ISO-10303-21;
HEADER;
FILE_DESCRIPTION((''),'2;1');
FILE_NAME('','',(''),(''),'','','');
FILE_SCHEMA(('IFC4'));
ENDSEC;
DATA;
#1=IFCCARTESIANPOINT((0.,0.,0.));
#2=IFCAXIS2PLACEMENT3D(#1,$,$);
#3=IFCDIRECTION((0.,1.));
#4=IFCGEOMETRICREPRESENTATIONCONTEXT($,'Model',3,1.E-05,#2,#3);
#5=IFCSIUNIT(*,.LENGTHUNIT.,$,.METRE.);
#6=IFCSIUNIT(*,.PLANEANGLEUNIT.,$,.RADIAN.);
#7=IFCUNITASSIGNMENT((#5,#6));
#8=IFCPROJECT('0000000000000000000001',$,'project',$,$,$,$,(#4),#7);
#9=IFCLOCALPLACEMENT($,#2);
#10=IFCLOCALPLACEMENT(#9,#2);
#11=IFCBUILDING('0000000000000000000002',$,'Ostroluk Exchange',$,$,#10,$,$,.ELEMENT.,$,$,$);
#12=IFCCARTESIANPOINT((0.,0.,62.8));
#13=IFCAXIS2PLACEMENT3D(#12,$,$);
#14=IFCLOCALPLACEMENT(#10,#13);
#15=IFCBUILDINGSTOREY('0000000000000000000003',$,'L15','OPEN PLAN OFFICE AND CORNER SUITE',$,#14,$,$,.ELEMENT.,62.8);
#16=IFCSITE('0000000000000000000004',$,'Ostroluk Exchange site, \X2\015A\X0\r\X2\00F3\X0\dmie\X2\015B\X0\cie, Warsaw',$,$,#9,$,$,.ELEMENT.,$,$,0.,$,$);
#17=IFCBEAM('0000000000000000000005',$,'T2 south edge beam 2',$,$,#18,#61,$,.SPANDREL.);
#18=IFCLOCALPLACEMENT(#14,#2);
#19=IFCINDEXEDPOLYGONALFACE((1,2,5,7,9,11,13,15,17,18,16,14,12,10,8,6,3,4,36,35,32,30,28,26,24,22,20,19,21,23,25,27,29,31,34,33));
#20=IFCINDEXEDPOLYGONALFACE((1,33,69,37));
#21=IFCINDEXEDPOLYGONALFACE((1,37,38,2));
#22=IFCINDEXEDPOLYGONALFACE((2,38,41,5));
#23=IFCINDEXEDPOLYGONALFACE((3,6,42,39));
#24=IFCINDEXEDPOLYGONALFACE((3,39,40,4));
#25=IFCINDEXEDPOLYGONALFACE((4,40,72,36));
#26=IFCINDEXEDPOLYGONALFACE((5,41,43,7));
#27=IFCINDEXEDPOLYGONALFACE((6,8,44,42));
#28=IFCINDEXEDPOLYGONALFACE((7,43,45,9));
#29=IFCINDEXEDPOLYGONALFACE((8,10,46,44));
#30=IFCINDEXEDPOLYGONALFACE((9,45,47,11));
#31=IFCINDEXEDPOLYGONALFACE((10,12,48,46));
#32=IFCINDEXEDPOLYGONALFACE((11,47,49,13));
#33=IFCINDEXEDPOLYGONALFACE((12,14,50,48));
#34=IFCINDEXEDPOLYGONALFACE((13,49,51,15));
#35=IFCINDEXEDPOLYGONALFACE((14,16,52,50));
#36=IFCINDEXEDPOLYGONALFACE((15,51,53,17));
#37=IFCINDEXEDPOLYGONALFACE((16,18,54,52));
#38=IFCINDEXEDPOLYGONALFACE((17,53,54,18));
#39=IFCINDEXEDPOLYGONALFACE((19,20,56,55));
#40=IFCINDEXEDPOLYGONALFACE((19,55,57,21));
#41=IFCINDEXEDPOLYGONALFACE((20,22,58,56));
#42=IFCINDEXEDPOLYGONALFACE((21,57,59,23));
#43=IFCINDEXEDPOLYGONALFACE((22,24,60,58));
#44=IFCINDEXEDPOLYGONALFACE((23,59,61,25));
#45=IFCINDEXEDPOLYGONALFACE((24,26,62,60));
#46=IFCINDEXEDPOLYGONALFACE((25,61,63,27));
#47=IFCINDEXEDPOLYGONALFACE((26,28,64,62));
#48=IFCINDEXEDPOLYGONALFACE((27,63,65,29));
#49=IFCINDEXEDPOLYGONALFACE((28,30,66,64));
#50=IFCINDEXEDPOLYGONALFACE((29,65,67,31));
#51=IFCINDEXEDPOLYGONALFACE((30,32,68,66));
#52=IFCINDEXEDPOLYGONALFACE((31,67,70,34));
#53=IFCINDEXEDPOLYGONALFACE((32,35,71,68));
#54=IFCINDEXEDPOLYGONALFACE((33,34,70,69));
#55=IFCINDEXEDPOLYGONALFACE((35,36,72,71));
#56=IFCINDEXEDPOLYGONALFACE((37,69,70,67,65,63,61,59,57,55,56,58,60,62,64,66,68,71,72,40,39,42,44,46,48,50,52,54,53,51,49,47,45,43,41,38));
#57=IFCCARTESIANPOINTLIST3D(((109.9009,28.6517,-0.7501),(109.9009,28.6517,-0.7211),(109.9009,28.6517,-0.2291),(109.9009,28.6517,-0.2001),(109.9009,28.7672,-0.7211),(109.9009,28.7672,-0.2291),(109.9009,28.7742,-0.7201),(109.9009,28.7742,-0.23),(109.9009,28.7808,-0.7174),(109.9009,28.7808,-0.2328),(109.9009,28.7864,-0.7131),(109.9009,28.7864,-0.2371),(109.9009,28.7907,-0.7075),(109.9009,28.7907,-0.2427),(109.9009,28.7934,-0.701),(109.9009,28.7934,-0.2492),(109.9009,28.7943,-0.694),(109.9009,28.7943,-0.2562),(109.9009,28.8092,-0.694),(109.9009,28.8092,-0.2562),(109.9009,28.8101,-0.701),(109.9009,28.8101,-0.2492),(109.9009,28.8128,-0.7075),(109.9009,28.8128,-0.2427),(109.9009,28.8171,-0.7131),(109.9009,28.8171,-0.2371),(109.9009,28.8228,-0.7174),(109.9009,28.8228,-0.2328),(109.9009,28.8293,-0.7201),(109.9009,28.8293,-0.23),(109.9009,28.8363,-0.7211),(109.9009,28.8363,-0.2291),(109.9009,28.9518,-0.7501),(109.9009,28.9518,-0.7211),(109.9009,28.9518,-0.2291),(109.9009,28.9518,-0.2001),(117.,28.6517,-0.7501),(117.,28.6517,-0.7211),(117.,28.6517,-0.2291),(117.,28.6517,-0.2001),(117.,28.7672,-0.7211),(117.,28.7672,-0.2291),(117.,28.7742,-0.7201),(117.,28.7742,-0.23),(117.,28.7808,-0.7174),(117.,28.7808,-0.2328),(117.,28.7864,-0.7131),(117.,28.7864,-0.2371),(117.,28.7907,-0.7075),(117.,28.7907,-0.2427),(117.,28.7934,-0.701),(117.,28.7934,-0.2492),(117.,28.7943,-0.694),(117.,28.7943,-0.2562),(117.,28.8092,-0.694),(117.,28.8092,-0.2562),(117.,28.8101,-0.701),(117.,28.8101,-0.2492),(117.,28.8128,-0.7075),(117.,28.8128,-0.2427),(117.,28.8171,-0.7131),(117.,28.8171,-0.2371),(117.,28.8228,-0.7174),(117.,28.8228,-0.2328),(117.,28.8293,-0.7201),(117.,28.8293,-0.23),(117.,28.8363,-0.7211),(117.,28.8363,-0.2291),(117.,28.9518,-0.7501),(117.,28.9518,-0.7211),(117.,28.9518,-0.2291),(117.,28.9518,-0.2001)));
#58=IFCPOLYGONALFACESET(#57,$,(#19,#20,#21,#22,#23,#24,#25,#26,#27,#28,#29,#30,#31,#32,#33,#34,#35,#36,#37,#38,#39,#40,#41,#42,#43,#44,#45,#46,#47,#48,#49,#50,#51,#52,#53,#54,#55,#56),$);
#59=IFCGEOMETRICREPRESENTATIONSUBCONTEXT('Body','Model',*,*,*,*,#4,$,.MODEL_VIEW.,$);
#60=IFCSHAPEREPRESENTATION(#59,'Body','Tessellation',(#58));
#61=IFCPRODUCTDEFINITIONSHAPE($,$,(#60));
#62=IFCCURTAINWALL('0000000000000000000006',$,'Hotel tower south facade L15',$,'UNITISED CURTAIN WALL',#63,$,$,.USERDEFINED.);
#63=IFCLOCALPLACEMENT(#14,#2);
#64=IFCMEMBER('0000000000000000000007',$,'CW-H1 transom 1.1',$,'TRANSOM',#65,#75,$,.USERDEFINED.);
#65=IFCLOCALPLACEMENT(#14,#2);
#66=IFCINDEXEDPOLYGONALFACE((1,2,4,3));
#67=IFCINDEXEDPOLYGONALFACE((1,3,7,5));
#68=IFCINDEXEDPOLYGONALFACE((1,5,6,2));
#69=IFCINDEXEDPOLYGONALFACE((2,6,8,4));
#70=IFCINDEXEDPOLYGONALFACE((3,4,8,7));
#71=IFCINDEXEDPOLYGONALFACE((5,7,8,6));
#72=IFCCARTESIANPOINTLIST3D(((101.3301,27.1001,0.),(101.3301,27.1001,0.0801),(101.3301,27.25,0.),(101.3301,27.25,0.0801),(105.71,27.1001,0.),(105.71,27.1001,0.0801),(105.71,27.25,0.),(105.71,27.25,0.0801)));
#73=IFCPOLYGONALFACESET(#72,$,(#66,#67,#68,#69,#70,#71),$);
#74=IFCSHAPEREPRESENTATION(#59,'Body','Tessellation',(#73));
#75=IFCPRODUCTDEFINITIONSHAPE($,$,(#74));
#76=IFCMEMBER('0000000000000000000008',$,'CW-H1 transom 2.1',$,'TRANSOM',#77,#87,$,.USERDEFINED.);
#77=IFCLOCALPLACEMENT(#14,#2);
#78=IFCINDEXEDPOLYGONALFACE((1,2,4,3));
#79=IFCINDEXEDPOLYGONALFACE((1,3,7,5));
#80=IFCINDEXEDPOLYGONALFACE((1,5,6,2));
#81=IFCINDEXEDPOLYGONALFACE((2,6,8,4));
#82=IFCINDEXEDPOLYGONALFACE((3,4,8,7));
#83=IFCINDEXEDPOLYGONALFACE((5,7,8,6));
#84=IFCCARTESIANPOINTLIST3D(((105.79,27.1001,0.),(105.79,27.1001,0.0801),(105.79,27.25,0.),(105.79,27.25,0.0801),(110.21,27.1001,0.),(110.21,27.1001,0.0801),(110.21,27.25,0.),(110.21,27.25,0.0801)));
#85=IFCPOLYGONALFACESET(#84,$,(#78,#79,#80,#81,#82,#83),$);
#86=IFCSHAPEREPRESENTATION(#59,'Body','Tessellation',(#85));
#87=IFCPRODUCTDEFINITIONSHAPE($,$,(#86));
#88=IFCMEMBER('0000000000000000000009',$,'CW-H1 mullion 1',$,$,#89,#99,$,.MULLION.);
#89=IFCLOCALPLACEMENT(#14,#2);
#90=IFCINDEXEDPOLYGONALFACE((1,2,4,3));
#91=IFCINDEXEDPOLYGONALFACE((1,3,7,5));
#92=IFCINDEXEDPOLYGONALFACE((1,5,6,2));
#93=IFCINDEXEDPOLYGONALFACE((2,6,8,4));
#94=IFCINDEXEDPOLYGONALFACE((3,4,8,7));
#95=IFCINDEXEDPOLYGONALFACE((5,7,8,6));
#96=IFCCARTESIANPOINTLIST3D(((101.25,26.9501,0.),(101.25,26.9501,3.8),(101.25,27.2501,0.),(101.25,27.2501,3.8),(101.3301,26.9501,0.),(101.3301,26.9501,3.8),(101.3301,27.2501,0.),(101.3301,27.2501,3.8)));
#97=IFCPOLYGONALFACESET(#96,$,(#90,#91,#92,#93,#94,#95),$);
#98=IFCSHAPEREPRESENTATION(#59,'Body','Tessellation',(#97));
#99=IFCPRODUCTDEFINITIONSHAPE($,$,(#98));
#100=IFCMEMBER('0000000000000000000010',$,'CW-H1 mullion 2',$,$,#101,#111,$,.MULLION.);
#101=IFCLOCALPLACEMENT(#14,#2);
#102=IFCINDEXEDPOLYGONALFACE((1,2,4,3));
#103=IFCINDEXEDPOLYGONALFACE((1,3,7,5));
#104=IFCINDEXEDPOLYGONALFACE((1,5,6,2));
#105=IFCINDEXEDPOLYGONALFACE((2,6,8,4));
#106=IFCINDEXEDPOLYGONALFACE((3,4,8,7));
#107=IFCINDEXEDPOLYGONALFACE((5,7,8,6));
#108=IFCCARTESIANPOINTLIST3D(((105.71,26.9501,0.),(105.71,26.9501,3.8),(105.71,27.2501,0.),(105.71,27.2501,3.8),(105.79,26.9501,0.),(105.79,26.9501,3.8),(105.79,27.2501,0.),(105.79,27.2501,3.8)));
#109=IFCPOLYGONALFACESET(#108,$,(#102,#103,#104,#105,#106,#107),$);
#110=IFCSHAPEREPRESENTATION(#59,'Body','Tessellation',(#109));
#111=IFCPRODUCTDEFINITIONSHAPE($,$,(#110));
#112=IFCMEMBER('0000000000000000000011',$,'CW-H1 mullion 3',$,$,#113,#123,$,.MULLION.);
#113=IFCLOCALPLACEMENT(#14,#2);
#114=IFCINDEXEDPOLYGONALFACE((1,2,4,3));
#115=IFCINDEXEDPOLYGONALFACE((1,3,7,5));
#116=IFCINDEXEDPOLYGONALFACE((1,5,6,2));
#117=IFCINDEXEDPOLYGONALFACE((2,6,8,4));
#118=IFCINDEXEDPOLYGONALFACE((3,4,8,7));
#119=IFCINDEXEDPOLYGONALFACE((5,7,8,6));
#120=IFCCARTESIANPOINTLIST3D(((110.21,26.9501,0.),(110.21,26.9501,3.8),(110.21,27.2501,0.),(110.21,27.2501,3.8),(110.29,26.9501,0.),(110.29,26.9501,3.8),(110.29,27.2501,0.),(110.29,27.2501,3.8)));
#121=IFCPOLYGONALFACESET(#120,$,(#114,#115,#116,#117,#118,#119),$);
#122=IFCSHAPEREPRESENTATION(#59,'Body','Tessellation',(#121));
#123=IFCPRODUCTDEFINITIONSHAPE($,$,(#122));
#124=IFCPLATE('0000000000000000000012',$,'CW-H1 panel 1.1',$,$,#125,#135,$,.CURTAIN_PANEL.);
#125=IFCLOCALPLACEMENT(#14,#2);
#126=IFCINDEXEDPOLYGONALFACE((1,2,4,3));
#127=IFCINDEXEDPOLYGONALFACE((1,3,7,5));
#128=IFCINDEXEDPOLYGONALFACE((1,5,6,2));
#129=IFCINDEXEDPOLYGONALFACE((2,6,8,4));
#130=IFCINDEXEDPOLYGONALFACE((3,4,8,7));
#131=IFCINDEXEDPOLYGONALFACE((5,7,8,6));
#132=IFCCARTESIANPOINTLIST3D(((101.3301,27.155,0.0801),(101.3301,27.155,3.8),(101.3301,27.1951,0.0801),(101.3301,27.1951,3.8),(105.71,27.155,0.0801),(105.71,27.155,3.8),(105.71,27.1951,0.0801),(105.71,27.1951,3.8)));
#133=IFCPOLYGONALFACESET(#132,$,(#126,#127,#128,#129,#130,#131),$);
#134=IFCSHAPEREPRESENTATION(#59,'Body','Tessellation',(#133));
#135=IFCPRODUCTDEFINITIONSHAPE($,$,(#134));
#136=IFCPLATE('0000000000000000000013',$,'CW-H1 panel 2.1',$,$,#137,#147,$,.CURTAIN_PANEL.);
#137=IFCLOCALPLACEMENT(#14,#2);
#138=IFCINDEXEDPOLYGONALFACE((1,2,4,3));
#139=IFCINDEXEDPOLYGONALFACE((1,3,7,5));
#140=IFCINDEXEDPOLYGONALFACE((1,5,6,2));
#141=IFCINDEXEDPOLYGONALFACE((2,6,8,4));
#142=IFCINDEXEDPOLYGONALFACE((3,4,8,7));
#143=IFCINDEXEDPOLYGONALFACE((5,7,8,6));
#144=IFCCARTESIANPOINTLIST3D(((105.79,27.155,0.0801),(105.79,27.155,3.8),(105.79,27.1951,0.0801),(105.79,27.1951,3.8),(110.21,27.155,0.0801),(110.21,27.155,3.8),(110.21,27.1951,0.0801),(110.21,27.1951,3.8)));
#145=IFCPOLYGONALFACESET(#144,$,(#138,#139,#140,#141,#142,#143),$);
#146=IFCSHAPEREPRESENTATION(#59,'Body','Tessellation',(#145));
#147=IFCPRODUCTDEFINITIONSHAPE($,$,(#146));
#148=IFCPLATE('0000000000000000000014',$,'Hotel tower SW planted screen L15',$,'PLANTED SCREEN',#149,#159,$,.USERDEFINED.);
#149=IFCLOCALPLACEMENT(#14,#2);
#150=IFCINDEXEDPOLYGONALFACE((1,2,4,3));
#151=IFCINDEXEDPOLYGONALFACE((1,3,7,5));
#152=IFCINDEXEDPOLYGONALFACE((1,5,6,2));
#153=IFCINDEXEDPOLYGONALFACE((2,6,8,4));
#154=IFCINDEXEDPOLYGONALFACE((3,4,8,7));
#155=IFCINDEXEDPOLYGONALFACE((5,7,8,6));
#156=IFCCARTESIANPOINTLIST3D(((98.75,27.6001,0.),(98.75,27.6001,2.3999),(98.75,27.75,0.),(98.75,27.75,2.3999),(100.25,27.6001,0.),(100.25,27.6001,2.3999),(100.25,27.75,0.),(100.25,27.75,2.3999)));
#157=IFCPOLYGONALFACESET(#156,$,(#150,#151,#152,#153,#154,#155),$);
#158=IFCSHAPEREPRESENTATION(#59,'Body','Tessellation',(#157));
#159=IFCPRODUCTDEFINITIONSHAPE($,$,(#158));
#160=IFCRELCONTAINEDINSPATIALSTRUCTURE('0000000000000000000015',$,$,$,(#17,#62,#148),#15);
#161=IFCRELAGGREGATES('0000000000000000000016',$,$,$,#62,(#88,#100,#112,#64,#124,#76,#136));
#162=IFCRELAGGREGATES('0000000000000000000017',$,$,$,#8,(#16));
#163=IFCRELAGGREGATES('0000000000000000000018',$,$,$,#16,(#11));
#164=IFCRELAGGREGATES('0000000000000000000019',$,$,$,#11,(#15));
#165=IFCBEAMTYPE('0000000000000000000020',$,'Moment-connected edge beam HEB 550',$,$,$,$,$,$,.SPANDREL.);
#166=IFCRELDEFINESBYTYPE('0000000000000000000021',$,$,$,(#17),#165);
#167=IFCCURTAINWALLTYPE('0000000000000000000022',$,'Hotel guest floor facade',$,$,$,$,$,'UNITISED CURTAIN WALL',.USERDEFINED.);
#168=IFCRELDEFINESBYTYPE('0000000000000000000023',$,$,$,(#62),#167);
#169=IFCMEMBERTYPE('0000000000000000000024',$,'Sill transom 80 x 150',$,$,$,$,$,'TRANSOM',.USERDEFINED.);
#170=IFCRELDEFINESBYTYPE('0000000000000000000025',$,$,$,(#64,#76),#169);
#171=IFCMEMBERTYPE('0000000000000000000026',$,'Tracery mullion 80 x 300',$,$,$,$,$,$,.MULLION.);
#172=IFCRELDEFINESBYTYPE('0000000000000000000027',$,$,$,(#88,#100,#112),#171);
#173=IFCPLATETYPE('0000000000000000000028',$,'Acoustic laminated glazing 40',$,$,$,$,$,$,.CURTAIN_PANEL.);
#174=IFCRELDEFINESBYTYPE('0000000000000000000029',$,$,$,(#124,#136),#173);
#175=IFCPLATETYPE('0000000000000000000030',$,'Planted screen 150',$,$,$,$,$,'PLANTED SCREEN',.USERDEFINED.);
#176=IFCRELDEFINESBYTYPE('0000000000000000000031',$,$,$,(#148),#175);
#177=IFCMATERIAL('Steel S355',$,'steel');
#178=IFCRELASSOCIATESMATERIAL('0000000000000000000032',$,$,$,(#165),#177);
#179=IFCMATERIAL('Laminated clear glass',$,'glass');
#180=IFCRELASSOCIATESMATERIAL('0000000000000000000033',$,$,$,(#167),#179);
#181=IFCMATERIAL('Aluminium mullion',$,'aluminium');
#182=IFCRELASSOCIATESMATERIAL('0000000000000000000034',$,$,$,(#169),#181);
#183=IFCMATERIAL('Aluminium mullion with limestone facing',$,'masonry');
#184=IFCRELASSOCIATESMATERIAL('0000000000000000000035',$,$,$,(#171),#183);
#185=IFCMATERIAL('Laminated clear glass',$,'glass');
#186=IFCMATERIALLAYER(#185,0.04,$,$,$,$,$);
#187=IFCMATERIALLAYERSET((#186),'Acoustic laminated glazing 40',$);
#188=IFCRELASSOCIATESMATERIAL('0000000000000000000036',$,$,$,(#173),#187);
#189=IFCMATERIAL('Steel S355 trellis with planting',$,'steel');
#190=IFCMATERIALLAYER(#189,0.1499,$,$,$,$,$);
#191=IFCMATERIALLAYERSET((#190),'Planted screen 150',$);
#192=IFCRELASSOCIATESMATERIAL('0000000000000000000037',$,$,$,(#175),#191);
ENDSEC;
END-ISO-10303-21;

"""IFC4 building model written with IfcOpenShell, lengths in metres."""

from ifc_helpers import new_model, si_unit, direction, frame, origin, origin_2d, place, context, subcontext, project, spatial, rectangle, i_section, extrude, material, layer, layer_set, material_profile, profile_set, type_object, element, aggregate, save


model = new_model("IFC4")

# Units and contexts
model_context = context("Model", 3, precision=1e-05, world=origin(), true_north=direction((0.0, 1.0)))
body_context = subcontext(model_context, "Body", "Model", "MODEL_VIEW")
ifc_project = project(units=[si_unit("LENGTHUNIT", "METRE"), si_unit("PLANEANGLEUNIT", "RADIAN")], contexts=[model_context])

# Site, building, storey
site_placement = place(None, origin())
site = spatial("IfcSite", under=ifc_project, at=site_placement, Name="Ostroluk Exchange site, Śródmieście, Warsaw", CompositionType="ELEMENT", RefElevation=0.0)
building_placement = place(site_placement, origin())
building = spatial("IfcBuilding", under=site, at=building_placement, Name="Ostroluk Exchange", CompositionType="ELEMENT")
storey_placement = place(building_placement, frame((0.0, 0.0, 62.8)))
storey = spatial("IfcBuildingStorey", under=building, at=storey_placement, Name="L15", Description="OPEN PLAN OFFICE AND CORNER SUITE", CompositionType="ELEMENT", Elevation=62.8)

# Beam
ifc_material_1 = material(Name="Steel S355", Category="steel")
ifc_material_profile_1 = material_profile(ifc_material_1, i_section(OverallWidth=0.3, OverallDepth=0.55, WebThickness=0.0149, FlangeThickness=0.0291, FilletRadius=0.0271, at=origin_2d()), Name="HEB 550")
ifc_profile_set_1 = profile_set([ifc_material_profile_1], Name="Steel S355")
beam_type_1 = type_object("IfcBeamType", Name="Moment-connected edge beam HEB 550", PredefinedType="SPANDREL", material=ifc_profile_set_1)
for number, where, z_axis, x_axis, name in (
    (1, (109.9009, 28.8018, -0.4751), (1.0, 0.0, 0.0), (0.0, 1.0, 0.0), "T2 south edge beam 2"),
):
    element("IfcBeam", number, at=place(storey_placement, frame(where, z_axis=z_axis, x_axis=x_axis)), inside=storey, type_object=beam_type_1, Name=name, PredefinedType="SPANDREL", context=body_context, shape_type="SweptSolid", body=[
        extrude(i_section(OverallWidth=0.3, OverallDepth=0.55, WebThickness=0.0149, FlangeThickness=0.0291, FilletRadius=0.0271, at=origin_2d()), origin(), (0.0, 0.0, 1.0), 7.0991),
    ])

# Curtain wall, members, plates
ifc_material_2 = material(Name="Laminated clear glass", Category="glass")
curtain_wall_type = type_object("IfcCurtainWallType", Name="Hotel guest floor facade", ElementType="UNITISED CURTAIN WALL", PredefinedType="USERDEFINED", material=ifc_material_2)
curtain_wall_placement = place(storey_placement, origin())
curtain_wall = element("IfcCurtainWall", 2, at=curtain_wall_placement, inside=storey, type_object=curtain_wall_type, Name="Hotel tower south facade L15", ObjectType="UNITISED CURTAIN WALL", PredefinedType="USERDEFINED")
ifc_material_3 = material(Name="Aluminium mullion", Category="aluminium")
ifc_material_profile_2 = material_profile(ifc_material_3, rectangle(XDim=0.1499, YDim=0.0801, at=origin_2d()), Name="Sill transom 80 x 150")
ifc_profile_set_2 = profile_set([ifc_material_profile_2], Name="Aluminium mullion")
member_type_1 = type_object("IfcMemberType", Name="Sill transom 80 x 150", ElementType="TRANSOM", PredefinedType="USERDEFINED", material=ifc_profile_set_2)
member_1_placement = place(storey_placement, frame((101.3301, 27.175, 0.04), z_axis=(1.0, 0.0, 0.0), x_axis=(0.0, 1.0, 0.0)))
member_1 = element("IfcMember", 3, at=member_1_placement, type_object=member_type_1, Name="CW-H1 transom 1.1", ObjectType="TRANSOM", PredefinedType="USERDEFINED", context=body_context, shape_type="SweptSolid", body=[
    extrude(rectangle(XDim=0.1499, YDim=0.0801, at=origin_2d()), origin(), (0.0, 0.0, 1.0), 4.3799),
])
member_2_placement = place(storey_placement, frame((105.79, 27.175, 0.04), z_axis=(1.0, 0.0, 0.0), x_axis=(0.0, 1.0, 0.0)))
member_2 = element("IfcMember", 4, at=member_2_placement, type_object=member_type_1, Name="CW-H1 transom 2.1", ObjectType="TRANSOM", PredefinedType="USERDEFINED", context=body_context, shape_type="SweptSolid", body=[
    extrude(rectangle(XDim=0.1499, YDim=0.0801, at=origin_2d()), origin(), (0.0, 0.0, 1.0), 4.4199),
])
ifc_material_4 = material(Name="Aluminium mullion with limestone facing", Category="masonry")
ifc_material_profile_3 = material_profile(ifc_material_4, rectangle(XDim=0.3, YDim=0.0801, at=origin_2d()), Name="Tracery mullion 80 x 300")
ifc_profile_set_3 = profile_set([ifc_material_profile_3], Name="Aluminium mullion with limestone facing")
member_type_2 = type_object("IfcMemberType", Name="Tracery mullion 80 x 300", PredefinedType="MULLION", material=ifc_profile_set_3)
member_3_placement = place(storey_placement, frame((101.29, 27.1001, 0.0), z_axis=(0.0, 0.0, 1.0), x_axis=(0.0, 1.0, 0.0)))
member_3 = element("IfcMember", 5, at=member_3_placement, type_object=member_type_2, Name="CW-H1 mullion 1", PredefinedType="MULLION", context=body_context, shape_type="SweptSolid", body=[
    extrude(rectangle(XDim=0.3, YDim=0.0801, at=origin_2d()), origin(), (0.0, 0.0, 1.0), 3.8),
])
member_4_placement = place(storey_placement, frame((105.75, 27.1001, 0.0), z_axis=(0.0, 0.0, 1.0), x_axis=(0.0, 1.0, 0.0)))
member_4 = element("IfcMember", 6, at=member_4_placement, type_object=member_type_2, Name="CW-H1 mullion 2", PredefinedType="MULLION", context=body_context, shape_type="SweptSolid", body=[
    extrude(rectangle(XDim=0.3, YDim=0.0801, at=origin_2d()), origin(), (0.0, 0.0, 1.0), 3.8),
])
member_5_placement = place(storey_placement, frame((110.25, 27.1001, 0.0), z_axis=(0.0, 0.0, 1.0), x_axis=(0.0, 1.0, 0.0)))
member_5 = element("IfcMember", 7, at=member_5_placement, type_object=member_type_2, Name="CW-H1 mullion 3", PredefinedType="MULLION", context=body_context, shape_type="SweptSolid", body=[
    extrude(rectangle(XDim=0.3, YDim=0.0801, at=origin_2d()), origin(), (0.0, 0.0, 1.0), 3.8),
])
ifc_material_5 = material(Name="Laminated clear glass", Category="glass")
ifc_layer_1 = layer(ifc_material_5, 0.04)
ifc_layer_set_1 = layer_set([ifc_layer_1], Name="Acoustic laminated glazing 40")
plate_type_1 = type_object("IfcPlateType", Name="Acoustic laminated glazing 40", PredefinedType="CURTAIN_PANEL", material=ifc_layer_set_1)
plate_1_placement = place(storey_placement, frame((103.52, 27.175, 0.0801), z_axis=(0.0, 0.0, 1.0), x_axis=(1.0, 0.0, 0.0)))
plate_1 = element("IfcPlate", 8, at=plate_1_placement, type_object=plate_type_1, Name="CW-H1 panel 1.1", PredefinedType="CURTAIN_PANEL", context=body_context, shape_type="SweptSolid", body=[
    extrude(rectangle(XDim=4.3799, YDim=0.04, at=origin_2d()), origin(), (0.0, 0.0, 1.0), 3.72),
])
plate_2_placement = place(storey_placement, frame((108.0, 27.175, 0.0801), z_axis=(0.0, 0.0, 1.0), x_axis=(1.0, 0.0, 0.0)))
plate_2 = element("IfcPlate", 9, at=plate_2_placement, type_object=plate_type_1, Name="CW-H1 panel 2.1", PredefinedType="CURTAIN_PANEL", context=body_context, shape_type="SweptSolid", body=[
    extrude(rectangle(XDim=4.4199, YDim=0.04, at=origin_2d()), origin(), (0.0, 0.0, 1.0), 3.72),
])
aggregate(curtain_wall, [member_3, member_4, member_5, member_1, plate_1, member_2, plate_2])

# Plate
ifc_material_6 = material(Name="Steel S355 trellis with planting", Category="steel")
ifc_layer_2 = layer(ifc_material_6, 0.1499)
ifc_layer_set_2 = layer_set([ifc_layer_2], Name="Planted screen 150")
plate_type_2 = type_object("IfcPlateType", Name="Planted screen 150", ElementType="PLANTED SCREEN", PredefinedType="USERDEFINED", material=ifc_layer_set_2)
plate_3_placement = place(storey_placement, frame((99.5, 27.675, 0.0), z_axis=(0.0, 0.0, 1.0), x_axis=(1.0, 0.0, 0.0)))
element("IfcPlate", 10, at=plate_3_placement, inside=storey, type_object=plate_type_2, Name="Hotel tower SW planted screen L15", ObjectType="PLANTED SCREEN", PredefinedType="USERDEFINED", context=body_context, shape_type="SweptSolid", body=[
    extrude(rectangle(XDim=1.5, YDim=0.1499, at=origin_2d()), origin(), (0.0, 0.0, 1.0), 2.3999),
])

save(model, "model.ifc")
